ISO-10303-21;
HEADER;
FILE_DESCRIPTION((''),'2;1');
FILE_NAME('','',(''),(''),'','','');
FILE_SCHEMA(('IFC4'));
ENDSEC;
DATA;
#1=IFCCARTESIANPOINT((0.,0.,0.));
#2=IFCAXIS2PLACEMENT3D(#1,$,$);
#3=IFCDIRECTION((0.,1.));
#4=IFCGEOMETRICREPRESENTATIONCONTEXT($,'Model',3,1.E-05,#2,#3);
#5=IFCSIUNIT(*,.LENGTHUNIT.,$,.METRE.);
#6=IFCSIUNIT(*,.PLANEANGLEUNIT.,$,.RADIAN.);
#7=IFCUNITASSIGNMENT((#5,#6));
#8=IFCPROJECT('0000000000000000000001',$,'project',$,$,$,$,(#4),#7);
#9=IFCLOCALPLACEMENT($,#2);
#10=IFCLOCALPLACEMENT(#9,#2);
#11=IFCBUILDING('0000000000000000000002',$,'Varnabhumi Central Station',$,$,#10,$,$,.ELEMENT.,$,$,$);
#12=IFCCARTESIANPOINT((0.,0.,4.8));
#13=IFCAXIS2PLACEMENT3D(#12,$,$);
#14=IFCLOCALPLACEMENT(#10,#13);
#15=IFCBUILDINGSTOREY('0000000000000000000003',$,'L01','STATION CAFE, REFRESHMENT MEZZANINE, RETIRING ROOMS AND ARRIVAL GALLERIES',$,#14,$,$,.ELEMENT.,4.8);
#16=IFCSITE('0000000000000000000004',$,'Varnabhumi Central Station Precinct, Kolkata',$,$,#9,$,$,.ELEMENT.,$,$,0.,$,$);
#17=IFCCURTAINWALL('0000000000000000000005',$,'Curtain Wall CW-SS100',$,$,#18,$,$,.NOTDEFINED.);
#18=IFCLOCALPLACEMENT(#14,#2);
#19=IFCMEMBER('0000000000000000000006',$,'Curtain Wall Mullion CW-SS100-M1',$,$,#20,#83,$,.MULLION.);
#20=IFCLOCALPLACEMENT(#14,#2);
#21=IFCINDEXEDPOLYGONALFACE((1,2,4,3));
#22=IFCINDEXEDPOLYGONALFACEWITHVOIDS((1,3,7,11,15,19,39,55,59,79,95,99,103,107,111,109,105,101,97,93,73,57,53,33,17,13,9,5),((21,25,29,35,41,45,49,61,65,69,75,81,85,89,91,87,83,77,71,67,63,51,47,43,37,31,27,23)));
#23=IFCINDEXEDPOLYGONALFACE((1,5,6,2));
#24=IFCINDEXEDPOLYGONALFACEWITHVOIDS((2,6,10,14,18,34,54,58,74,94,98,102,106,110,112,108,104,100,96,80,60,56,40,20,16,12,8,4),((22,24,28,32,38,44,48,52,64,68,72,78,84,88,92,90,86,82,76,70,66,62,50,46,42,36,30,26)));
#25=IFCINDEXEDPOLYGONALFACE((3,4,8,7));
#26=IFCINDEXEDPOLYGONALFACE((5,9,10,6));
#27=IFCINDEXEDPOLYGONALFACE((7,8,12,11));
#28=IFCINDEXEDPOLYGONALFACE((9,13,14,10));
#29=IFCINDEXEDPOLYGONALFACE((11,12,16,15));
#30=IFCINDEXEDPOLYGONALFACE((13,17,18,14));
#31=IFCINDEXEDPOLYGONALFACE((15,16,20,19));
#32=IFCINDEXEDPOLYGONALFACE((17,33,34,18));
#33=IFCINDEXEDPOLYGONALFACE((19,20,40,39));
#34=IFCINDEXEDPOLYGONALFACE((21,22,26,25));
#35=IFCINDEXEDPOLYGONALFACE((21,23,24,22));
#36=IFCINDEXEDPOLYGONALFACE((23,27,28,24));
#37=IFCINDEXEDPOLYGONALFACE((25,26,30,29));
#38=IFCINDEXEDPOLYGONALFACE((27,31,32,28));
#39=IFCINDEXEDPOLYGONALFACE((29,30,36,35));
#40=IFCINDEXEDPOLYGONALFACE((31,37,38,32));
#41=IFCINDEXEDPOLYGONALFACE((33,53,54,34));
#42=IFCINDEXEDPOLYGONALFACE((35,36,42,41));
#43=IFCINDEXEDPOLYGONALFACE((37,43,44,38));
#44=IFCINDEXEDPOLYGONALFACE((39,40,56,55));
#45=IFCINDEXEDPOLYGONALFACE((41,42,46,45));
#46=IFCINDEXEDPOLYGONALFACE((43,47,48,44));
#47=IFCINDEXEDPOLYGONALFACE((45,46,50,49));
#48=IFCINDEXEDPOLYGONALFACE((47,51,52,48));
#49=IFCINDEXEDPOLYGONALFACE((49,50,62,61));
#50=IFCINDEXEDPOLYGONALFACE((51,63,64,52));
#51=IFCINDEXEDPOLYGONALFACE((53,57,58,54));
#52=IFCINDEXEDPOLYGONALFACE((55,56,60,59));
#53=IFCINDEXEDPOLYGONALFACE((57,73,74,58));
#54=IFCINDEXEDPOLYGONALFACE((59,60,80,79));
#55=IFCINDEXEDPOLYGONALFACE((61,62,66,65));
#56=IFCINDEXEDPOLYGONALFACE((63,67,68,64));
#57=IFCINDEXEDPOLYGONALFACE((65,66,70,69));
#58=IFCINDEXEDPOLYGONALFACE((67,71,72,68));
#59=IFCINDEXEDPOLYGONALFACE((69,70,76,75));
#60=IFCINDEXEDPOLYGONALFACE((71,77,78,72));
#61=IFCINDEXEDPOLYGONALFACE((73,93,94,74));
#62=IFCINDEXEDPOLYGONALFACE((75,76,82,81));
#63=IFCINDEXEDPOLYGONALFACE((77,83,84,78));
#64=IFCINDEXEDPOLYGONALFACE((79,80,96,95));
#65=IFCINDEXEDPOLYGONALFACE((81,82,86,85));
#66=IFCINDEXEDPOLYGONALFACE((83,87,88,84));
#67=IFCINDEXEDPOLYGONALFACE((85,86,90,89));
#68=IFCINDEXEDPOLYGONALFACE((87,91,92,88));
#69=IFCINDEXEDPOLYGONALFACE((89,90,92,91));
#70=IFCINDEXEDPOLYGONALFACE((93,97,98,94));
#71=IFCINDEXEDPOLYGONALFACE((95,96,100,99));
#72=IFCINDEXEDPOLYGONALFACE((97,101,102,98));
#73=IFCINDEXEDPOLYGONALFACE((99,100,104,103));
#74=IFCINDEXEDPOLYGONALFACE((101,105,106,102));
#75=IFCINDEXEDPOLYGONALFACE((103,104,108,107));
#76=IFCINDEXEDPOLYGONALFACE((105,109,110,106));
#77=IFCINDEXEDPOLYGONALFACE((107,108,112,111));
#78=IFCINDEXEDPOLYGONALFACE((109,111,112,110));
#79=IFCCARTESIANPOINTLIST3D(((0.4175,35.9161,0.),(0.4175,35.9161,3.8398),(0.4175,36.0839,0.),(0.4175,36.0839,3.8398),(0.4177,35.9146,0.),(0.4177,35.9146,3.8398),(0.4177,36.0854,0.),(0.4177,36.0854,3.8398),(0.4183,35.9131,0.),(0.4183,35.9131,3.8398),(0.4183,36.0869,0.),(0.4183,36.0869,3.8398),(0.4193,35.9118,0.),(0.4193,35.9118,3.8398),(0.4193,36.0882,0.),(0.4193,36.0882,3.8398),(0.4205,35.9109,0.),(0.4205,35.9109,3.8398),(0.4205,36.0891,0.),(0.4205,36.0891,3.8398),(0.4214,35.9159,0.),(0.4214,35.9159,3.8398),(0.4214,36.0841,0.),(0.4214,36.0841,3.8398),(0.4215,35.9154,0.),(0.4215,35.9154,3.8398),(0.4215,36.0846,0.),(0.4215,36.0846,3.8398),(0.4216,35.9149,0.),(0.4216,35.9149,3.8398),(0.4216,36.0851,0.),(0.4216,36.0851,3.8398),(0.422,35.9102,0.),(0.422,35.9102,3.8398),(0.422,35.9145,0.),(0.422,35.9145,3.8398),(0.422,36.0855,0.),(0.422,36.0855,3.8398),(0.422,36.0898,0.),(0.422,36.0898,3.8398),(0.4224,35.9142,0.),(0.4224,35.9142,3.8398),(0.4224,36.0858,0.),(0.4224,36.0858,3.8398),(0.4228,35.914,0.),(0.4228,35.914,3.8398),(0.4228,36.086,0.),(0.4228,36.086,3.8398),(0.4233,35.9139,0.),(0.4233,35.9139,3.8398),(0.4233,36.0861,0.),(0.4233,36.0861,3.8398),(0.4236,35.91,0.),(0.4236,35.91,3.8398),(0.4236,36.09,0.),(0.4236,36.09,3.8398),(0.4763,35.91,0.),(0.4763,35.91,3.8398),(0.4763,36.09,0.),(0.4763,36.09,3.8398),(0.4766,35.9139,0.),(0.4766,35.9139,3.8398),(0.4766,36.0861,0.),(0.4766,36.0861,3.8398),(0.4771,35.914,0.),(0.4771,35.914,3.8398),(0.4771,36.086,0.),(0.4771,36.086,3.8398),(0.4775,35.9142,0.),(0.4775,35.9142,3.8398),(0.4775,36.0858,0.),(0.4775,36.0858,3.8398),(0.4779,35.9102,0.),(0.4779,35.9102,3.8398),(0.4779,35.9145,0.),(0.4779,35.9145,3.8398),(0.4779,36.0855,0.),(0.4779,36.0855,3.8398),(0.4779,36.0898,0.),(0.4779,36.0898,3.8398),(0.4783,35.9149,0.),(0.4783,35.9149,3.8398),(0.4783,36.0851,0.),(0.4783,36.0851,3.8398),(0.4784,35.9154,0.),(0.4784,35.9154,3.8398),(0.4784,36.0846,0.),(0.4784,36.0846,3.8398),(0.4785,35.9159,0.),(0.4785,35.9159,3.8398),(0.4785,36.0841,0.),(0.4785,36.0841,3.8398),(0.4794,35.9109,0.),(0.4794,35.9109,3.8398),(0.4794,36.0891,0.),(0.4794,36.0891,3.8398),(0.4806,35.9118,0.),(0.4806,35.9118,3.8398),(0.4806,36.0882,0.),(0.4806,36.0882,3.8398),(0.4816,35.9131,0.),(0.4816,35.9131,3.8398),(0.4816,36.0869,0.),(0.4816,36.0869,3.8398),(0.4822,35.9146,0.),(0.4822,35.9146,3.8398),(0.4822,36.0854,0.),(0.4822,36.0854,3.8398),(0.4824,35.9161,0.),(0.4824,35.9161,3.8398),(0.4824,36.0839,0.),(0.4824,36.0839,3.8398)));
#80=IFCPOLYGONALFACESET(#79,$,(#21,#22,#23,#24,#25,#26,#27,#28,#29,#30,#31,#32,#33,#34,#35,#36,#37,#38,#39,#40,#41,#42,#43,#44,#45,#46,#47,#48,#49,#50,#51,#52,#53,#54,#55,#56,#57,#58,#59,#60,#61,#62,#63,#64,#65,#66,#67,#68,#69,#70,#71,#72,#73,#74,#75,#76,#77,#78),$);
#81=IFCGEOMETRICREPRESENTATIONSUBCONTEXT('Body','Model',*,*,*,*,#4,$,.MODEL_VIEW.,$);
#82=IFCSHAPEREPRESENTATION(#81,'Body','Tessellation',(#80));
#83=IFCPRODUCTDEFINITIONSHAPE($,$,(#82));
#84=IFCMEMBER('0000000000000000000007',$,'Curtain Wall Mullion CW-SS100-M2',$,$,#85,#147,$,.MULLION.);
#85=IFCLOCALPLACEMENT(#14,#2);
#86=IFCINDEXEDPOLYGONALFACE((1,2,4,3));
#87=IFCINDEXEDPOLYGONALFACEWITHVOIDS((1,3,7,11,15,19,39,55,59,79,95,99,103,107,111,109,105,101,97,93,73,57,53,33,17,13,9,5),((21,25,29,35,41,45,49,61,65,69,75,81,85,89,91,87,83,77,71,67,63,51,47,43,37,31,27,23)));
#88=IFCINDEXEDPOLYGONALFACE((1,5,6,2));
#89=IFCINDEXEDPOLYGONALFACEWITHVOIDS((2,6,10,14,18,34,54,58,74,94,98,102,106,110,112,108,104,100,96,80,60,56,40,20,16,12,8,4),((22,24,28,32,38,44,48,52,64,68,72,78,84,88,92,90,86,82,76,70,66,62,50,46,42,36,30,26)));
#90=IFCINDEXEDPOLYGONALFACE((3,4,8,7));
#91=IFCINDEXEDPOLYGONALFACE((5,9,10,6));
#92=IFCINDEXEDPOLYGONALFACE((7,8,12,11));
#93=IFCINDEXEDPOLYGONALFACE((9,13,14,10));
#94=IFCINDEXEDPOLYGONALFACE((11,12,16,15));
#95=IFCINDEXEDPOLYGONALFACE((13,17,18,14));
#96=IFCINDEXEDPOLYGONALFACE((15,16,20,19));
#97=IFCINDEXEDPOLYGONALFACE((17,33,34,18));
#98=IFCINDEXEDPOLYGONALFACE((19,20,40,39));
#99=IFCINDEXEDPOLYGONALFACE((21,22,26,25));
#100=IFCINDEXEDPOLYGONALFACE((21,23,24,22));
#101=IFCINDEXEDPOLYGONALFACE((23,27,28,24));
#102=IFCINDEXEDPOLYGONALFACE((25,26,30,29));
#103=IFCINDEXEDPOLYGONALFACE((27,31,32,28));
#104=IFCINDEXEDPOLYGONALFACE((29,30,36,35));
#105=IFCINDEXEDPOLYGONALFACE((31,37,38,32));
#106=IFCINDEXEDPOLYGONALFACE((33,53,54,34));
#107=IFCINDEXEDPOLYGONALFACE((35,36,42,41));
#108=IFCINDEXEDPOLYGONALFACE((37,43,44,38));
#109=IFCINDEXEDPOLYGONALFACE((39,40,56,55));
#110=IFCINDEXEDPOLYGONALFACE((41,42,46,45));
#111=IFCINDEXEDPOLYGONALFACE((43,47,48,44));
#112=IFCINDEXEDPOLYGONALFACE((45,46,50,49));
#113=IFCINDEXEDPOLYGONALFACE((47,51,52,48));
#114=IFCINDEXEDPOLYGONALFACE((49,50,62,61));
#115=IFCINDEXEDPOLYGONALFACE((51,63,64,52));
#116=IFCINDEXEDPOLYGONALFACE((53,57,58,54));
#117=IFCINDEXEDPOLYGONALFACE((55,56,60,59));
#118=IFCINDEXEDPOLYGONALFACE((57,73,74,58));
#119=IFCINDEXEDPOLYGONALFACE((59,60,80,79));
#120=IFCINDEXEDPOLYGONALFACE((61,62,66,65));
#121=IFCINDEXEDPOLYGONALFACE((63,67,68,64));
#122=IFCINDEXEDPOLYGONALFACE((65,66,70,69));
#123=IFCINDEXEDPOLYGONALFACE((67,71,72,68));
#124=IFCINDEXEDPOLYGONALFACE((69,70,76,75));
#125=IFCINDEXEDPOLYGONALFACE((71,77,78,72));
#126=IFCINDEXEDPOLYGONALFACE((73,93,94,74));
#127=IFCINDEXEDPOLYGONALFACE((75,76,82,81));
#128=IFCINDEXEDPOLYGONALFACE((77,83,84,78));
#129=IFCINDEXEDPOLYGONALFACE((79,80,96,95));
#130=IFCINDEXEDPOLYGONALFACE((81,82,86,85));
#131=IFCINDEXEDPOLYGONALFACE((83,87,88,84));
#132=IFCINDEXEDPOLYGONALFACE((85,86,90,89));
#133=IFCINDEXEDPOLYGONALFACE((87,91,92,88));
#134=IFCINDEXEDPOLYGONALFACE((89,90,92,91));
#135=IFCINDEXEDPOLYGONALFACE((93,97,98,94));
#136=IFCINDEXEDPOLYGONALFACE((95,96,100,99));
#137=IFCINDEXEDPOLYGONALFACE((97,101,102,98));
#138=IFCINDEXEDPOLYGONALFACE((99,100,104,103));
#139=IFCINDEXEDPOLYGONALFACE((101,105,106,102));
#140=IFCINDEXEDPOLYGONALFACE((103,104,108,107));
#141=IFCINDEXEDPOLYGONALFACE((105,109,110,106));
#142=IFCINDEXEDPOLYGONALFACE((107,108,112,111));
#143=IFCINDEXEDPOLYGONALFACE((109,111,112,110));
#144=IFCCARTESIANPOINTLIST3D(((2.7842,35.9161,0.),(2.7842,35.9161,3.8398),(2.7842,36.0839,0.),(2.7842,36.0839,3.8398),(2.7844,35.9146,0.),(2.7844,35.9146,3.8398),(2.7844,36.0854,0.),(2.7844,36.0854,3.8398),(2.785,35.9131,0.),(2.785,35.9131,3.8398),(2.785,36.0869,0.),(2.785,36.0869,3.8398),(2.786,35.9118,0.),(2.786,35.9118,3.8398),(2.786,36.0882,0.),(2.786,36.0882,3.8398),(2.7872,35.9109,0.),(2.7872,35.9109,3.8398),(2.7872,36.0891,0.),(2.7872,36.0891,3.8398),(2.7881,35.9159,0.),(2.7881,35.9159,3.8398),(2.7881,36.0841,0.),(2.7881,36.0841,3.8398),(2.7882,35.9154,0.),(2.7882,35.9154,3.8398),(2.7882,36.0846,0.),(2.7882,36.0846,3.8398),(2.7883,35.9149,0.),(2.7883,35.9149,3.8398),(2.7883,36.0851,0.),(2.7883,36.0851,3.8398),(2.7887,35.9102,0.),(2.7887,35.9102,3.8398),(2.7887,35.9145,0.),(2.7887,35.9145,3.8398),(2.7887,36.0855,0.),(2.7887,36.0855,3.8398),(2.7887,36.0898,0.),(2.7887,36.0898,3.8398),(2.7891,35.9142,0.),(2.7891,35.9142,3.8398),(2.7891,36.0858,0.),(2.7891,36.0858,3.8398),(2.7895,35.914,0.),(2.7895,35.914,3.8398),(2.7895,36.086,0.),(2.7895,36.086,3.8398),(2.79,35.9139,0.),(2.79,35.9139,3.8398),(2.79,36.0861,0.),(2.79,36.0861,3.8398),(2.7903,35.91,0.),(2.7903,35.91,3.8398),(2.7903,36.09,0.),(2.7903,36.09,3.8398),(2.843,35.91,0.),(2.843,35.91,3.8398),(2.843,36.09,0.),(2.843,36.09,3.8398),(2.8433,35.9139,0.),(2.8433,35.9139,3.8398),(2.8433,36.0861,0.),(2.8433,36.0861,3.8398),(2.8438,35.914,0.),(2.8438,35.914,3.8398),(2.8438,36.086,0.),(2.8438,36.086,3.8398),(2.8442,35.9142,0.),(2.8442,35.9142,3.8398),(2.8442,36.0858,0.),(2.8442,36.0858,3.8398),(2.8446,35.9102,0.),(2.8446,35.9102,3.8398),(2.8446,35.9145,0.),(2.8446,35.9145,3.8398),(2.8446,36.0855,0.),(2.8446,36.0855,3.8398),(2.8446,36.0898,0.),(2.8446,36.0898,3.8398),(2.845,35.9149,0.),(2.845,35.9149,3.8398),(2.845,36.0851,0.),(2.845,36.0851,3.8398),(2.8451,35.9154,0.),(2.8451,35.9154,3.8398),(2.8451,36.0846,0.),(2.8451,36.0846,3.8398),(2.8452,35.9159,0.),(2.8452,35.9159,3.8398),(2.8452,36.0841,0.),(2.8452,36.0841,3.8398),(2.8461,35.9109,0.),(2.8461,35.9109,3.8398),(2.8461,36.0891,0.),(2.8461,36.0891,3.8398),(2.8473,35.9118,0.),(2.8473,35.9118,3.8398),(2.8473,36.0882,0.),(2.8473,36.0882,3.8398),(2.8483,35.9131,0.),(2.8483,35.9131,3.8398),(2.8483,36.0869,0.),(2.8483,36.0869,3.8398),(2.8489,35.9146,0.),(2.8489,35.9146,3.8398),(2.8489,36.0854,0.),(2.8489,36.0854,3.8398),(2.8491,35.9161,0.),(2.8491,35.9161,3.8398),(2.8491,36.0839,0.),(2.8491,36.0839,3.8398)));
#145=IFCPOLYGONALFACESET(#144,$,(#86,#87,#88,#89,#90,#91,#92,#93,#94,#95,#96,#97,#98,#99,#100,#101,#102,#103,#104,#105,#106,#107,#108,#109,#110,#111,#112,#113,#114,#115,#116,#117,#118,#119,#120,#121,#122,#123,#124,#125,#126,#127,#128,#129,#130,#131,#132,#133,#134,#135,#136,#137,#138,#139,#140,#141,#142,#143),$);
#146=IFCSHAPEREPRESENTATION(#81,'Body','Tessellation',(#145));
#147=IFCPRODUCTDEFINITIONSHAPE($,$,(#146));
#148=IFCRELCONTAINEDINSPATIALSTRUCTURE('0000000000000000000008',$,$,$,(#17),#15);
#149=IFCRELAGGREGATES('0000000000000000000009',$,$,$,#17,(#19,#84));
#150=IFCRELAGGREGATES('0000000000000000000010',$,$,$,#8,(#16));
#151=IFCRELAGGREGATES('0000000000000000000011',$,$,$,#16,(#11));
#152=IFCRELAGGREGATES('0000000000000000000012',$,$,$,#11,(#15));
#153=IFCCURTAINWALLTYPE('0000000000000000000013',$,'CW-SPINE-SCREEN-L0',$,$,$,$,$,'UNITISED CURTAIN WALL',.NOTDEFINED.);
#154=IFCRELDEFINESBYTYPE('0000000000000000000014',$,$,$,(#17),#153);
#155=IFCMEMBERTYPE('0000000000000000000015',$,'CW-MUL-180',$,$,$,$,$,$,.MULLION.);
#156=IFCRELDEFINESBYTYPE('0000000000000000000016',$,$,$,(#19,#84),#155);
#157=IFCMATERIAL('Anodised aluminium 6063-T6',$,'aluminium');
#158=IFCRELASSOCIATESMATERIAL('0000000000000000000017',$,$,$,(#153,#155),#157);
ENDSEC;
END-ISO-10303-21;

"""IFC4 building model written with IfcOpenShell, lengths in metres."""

from ifc_helpers import new_model, si_unit, direction, frame, origin, origin_2d, place, context, subcontext, project, spatial, hollow_rectangle, extrude, material, material_profile, profile_set, type_object, element, aggregate, save


model = new_model("IFC4")

# Units and contexts
model_context = context("Model", 3, precision=1e-05, world=origin(), true_north=direction((0.0, 1.0)))
body_context = subcontext(model_context, "Body", "Model", "MODEL_VIEW")
ifc_project = project(units=[si_unit("LENGTHUNIT", "METRE"), si_unit("PLANEANGLEUNIT", "RADIAN")], contexts=[model_context])

# Site, building, storey
site_placement = place(None, origin())
site = spatial("IfcSite", under=ifc_project, at=site_placement, Name="Varnabhumi Central Station Precinct, Kolkata", CompositionType="ELEMENT", RefElevation=0.0)
building_placement = place(site_placement, origin())
building = spatial("IfcBuilding", under=site, at=building_placement, Name="Varnabhumi Central Station", CompositionType="ELEMENT")
storey_placement = place(building_placement, frame((0.0, 0.0, 4.8)))
storey = spatial("IfcBuildingStorey", under=building, at=storey_placement, Name="L01", Description="STATION CAFE, REFRESHMENT MEZZANINE, RETIRING ROOMS AND ARRIVAL GALLERIES", CompositionType="ELEMENT", Elevation=4.8)

# Curtain wall, members
ifc_material_1 = material(Name="Anodised aluminium 6063-T6", Category="aluminium")
curtain_wall_type = type_object("IfcCurtainWallType", Name="CW-SPINE-SCREEN-L0", ElementType="UNITISED CURTAIN WALL", PredefinedType="NOTDEFINED", material=ifc_material_1)
curtain_wall_placement = place(storey_placement, origin())
curtain_wall = element("IfcCurtainWall", 1, at=curtain_wall_placement, inside=storey, type_object=curtain_wall_type, Name="Curtain Wall CW-SS100", PredefinedType="NOTDEFINED")
ifc_material_profile_1 = material_profile(ifc_material_1, hollow_rectangle(XDim=0.0649, YDim=0.1799, WallThickness=0.0039, InnerFilletRadius=0.002, OuterFilletRadius=0.0061, at=origin_2d()), Name="Anodised aluminium 6063-T6", Category="aluminium")
ifc_profile_set_1 = profile_set([ifc_material_profile_1], Name="Anodised aluminium 6063-T6")
member_type_1 = type_object("IfcMemberType", Name="CW-MUL-180", PredefinedType="MULLION", material=ifc_profile_set_1)
member_1_placement = place(storey_placement, frame((0.45, 36.0, 0.0), z_axis=(0.0, 0.0, 1.0), x_axis=(1.0, 0.0, 0.0)))
member_1 = element("IfcMember", 2, at=member_1_placement, type_object=member_type_1, Name="Curtain Wall Mullion CW-SS100-M1", PredefinedType="MULLION", context=body_context, shape_type="SweptSolid", body=[
    extrude(hollow_rectangle(XDim=0.0649, YDim=0.1799, WallThickness=0.0039, InnerFilletRadius=0.002, OuterFilletRadius=0.0061, at=origin_2d()), origin(), (0.0, 0.0, 1.0), 3.8398),
])
member_2_placement = place(storey_placement, frame((2.8167, 36.0, 0.0), z_axis=(0.0, 0.0, 1.0), x_axis=(1.0, 0.0, 0.0)))
member_2 = element("IfcMember", 3, at=member_2_placement, type_object=member_type_1, Name="Curtain Wall Mullion CW-SS100-M2", PredefinedType="MULLION", context=body_context, shape_type="SweptSolid", body=[
    extrude(hollow_rectangle(XDim=0.0649, YDim=0.1799, WallThickness=0.0039, InnerFilletRadius=0.002, OuterFilletRadius=0.0061, at=origin_2d()), origin(), (0.0, 0.0, 1.0), 3.8398),
])

aggregate(curtain_wall, [member_1, member_2])

save(model, "model.ifc")
